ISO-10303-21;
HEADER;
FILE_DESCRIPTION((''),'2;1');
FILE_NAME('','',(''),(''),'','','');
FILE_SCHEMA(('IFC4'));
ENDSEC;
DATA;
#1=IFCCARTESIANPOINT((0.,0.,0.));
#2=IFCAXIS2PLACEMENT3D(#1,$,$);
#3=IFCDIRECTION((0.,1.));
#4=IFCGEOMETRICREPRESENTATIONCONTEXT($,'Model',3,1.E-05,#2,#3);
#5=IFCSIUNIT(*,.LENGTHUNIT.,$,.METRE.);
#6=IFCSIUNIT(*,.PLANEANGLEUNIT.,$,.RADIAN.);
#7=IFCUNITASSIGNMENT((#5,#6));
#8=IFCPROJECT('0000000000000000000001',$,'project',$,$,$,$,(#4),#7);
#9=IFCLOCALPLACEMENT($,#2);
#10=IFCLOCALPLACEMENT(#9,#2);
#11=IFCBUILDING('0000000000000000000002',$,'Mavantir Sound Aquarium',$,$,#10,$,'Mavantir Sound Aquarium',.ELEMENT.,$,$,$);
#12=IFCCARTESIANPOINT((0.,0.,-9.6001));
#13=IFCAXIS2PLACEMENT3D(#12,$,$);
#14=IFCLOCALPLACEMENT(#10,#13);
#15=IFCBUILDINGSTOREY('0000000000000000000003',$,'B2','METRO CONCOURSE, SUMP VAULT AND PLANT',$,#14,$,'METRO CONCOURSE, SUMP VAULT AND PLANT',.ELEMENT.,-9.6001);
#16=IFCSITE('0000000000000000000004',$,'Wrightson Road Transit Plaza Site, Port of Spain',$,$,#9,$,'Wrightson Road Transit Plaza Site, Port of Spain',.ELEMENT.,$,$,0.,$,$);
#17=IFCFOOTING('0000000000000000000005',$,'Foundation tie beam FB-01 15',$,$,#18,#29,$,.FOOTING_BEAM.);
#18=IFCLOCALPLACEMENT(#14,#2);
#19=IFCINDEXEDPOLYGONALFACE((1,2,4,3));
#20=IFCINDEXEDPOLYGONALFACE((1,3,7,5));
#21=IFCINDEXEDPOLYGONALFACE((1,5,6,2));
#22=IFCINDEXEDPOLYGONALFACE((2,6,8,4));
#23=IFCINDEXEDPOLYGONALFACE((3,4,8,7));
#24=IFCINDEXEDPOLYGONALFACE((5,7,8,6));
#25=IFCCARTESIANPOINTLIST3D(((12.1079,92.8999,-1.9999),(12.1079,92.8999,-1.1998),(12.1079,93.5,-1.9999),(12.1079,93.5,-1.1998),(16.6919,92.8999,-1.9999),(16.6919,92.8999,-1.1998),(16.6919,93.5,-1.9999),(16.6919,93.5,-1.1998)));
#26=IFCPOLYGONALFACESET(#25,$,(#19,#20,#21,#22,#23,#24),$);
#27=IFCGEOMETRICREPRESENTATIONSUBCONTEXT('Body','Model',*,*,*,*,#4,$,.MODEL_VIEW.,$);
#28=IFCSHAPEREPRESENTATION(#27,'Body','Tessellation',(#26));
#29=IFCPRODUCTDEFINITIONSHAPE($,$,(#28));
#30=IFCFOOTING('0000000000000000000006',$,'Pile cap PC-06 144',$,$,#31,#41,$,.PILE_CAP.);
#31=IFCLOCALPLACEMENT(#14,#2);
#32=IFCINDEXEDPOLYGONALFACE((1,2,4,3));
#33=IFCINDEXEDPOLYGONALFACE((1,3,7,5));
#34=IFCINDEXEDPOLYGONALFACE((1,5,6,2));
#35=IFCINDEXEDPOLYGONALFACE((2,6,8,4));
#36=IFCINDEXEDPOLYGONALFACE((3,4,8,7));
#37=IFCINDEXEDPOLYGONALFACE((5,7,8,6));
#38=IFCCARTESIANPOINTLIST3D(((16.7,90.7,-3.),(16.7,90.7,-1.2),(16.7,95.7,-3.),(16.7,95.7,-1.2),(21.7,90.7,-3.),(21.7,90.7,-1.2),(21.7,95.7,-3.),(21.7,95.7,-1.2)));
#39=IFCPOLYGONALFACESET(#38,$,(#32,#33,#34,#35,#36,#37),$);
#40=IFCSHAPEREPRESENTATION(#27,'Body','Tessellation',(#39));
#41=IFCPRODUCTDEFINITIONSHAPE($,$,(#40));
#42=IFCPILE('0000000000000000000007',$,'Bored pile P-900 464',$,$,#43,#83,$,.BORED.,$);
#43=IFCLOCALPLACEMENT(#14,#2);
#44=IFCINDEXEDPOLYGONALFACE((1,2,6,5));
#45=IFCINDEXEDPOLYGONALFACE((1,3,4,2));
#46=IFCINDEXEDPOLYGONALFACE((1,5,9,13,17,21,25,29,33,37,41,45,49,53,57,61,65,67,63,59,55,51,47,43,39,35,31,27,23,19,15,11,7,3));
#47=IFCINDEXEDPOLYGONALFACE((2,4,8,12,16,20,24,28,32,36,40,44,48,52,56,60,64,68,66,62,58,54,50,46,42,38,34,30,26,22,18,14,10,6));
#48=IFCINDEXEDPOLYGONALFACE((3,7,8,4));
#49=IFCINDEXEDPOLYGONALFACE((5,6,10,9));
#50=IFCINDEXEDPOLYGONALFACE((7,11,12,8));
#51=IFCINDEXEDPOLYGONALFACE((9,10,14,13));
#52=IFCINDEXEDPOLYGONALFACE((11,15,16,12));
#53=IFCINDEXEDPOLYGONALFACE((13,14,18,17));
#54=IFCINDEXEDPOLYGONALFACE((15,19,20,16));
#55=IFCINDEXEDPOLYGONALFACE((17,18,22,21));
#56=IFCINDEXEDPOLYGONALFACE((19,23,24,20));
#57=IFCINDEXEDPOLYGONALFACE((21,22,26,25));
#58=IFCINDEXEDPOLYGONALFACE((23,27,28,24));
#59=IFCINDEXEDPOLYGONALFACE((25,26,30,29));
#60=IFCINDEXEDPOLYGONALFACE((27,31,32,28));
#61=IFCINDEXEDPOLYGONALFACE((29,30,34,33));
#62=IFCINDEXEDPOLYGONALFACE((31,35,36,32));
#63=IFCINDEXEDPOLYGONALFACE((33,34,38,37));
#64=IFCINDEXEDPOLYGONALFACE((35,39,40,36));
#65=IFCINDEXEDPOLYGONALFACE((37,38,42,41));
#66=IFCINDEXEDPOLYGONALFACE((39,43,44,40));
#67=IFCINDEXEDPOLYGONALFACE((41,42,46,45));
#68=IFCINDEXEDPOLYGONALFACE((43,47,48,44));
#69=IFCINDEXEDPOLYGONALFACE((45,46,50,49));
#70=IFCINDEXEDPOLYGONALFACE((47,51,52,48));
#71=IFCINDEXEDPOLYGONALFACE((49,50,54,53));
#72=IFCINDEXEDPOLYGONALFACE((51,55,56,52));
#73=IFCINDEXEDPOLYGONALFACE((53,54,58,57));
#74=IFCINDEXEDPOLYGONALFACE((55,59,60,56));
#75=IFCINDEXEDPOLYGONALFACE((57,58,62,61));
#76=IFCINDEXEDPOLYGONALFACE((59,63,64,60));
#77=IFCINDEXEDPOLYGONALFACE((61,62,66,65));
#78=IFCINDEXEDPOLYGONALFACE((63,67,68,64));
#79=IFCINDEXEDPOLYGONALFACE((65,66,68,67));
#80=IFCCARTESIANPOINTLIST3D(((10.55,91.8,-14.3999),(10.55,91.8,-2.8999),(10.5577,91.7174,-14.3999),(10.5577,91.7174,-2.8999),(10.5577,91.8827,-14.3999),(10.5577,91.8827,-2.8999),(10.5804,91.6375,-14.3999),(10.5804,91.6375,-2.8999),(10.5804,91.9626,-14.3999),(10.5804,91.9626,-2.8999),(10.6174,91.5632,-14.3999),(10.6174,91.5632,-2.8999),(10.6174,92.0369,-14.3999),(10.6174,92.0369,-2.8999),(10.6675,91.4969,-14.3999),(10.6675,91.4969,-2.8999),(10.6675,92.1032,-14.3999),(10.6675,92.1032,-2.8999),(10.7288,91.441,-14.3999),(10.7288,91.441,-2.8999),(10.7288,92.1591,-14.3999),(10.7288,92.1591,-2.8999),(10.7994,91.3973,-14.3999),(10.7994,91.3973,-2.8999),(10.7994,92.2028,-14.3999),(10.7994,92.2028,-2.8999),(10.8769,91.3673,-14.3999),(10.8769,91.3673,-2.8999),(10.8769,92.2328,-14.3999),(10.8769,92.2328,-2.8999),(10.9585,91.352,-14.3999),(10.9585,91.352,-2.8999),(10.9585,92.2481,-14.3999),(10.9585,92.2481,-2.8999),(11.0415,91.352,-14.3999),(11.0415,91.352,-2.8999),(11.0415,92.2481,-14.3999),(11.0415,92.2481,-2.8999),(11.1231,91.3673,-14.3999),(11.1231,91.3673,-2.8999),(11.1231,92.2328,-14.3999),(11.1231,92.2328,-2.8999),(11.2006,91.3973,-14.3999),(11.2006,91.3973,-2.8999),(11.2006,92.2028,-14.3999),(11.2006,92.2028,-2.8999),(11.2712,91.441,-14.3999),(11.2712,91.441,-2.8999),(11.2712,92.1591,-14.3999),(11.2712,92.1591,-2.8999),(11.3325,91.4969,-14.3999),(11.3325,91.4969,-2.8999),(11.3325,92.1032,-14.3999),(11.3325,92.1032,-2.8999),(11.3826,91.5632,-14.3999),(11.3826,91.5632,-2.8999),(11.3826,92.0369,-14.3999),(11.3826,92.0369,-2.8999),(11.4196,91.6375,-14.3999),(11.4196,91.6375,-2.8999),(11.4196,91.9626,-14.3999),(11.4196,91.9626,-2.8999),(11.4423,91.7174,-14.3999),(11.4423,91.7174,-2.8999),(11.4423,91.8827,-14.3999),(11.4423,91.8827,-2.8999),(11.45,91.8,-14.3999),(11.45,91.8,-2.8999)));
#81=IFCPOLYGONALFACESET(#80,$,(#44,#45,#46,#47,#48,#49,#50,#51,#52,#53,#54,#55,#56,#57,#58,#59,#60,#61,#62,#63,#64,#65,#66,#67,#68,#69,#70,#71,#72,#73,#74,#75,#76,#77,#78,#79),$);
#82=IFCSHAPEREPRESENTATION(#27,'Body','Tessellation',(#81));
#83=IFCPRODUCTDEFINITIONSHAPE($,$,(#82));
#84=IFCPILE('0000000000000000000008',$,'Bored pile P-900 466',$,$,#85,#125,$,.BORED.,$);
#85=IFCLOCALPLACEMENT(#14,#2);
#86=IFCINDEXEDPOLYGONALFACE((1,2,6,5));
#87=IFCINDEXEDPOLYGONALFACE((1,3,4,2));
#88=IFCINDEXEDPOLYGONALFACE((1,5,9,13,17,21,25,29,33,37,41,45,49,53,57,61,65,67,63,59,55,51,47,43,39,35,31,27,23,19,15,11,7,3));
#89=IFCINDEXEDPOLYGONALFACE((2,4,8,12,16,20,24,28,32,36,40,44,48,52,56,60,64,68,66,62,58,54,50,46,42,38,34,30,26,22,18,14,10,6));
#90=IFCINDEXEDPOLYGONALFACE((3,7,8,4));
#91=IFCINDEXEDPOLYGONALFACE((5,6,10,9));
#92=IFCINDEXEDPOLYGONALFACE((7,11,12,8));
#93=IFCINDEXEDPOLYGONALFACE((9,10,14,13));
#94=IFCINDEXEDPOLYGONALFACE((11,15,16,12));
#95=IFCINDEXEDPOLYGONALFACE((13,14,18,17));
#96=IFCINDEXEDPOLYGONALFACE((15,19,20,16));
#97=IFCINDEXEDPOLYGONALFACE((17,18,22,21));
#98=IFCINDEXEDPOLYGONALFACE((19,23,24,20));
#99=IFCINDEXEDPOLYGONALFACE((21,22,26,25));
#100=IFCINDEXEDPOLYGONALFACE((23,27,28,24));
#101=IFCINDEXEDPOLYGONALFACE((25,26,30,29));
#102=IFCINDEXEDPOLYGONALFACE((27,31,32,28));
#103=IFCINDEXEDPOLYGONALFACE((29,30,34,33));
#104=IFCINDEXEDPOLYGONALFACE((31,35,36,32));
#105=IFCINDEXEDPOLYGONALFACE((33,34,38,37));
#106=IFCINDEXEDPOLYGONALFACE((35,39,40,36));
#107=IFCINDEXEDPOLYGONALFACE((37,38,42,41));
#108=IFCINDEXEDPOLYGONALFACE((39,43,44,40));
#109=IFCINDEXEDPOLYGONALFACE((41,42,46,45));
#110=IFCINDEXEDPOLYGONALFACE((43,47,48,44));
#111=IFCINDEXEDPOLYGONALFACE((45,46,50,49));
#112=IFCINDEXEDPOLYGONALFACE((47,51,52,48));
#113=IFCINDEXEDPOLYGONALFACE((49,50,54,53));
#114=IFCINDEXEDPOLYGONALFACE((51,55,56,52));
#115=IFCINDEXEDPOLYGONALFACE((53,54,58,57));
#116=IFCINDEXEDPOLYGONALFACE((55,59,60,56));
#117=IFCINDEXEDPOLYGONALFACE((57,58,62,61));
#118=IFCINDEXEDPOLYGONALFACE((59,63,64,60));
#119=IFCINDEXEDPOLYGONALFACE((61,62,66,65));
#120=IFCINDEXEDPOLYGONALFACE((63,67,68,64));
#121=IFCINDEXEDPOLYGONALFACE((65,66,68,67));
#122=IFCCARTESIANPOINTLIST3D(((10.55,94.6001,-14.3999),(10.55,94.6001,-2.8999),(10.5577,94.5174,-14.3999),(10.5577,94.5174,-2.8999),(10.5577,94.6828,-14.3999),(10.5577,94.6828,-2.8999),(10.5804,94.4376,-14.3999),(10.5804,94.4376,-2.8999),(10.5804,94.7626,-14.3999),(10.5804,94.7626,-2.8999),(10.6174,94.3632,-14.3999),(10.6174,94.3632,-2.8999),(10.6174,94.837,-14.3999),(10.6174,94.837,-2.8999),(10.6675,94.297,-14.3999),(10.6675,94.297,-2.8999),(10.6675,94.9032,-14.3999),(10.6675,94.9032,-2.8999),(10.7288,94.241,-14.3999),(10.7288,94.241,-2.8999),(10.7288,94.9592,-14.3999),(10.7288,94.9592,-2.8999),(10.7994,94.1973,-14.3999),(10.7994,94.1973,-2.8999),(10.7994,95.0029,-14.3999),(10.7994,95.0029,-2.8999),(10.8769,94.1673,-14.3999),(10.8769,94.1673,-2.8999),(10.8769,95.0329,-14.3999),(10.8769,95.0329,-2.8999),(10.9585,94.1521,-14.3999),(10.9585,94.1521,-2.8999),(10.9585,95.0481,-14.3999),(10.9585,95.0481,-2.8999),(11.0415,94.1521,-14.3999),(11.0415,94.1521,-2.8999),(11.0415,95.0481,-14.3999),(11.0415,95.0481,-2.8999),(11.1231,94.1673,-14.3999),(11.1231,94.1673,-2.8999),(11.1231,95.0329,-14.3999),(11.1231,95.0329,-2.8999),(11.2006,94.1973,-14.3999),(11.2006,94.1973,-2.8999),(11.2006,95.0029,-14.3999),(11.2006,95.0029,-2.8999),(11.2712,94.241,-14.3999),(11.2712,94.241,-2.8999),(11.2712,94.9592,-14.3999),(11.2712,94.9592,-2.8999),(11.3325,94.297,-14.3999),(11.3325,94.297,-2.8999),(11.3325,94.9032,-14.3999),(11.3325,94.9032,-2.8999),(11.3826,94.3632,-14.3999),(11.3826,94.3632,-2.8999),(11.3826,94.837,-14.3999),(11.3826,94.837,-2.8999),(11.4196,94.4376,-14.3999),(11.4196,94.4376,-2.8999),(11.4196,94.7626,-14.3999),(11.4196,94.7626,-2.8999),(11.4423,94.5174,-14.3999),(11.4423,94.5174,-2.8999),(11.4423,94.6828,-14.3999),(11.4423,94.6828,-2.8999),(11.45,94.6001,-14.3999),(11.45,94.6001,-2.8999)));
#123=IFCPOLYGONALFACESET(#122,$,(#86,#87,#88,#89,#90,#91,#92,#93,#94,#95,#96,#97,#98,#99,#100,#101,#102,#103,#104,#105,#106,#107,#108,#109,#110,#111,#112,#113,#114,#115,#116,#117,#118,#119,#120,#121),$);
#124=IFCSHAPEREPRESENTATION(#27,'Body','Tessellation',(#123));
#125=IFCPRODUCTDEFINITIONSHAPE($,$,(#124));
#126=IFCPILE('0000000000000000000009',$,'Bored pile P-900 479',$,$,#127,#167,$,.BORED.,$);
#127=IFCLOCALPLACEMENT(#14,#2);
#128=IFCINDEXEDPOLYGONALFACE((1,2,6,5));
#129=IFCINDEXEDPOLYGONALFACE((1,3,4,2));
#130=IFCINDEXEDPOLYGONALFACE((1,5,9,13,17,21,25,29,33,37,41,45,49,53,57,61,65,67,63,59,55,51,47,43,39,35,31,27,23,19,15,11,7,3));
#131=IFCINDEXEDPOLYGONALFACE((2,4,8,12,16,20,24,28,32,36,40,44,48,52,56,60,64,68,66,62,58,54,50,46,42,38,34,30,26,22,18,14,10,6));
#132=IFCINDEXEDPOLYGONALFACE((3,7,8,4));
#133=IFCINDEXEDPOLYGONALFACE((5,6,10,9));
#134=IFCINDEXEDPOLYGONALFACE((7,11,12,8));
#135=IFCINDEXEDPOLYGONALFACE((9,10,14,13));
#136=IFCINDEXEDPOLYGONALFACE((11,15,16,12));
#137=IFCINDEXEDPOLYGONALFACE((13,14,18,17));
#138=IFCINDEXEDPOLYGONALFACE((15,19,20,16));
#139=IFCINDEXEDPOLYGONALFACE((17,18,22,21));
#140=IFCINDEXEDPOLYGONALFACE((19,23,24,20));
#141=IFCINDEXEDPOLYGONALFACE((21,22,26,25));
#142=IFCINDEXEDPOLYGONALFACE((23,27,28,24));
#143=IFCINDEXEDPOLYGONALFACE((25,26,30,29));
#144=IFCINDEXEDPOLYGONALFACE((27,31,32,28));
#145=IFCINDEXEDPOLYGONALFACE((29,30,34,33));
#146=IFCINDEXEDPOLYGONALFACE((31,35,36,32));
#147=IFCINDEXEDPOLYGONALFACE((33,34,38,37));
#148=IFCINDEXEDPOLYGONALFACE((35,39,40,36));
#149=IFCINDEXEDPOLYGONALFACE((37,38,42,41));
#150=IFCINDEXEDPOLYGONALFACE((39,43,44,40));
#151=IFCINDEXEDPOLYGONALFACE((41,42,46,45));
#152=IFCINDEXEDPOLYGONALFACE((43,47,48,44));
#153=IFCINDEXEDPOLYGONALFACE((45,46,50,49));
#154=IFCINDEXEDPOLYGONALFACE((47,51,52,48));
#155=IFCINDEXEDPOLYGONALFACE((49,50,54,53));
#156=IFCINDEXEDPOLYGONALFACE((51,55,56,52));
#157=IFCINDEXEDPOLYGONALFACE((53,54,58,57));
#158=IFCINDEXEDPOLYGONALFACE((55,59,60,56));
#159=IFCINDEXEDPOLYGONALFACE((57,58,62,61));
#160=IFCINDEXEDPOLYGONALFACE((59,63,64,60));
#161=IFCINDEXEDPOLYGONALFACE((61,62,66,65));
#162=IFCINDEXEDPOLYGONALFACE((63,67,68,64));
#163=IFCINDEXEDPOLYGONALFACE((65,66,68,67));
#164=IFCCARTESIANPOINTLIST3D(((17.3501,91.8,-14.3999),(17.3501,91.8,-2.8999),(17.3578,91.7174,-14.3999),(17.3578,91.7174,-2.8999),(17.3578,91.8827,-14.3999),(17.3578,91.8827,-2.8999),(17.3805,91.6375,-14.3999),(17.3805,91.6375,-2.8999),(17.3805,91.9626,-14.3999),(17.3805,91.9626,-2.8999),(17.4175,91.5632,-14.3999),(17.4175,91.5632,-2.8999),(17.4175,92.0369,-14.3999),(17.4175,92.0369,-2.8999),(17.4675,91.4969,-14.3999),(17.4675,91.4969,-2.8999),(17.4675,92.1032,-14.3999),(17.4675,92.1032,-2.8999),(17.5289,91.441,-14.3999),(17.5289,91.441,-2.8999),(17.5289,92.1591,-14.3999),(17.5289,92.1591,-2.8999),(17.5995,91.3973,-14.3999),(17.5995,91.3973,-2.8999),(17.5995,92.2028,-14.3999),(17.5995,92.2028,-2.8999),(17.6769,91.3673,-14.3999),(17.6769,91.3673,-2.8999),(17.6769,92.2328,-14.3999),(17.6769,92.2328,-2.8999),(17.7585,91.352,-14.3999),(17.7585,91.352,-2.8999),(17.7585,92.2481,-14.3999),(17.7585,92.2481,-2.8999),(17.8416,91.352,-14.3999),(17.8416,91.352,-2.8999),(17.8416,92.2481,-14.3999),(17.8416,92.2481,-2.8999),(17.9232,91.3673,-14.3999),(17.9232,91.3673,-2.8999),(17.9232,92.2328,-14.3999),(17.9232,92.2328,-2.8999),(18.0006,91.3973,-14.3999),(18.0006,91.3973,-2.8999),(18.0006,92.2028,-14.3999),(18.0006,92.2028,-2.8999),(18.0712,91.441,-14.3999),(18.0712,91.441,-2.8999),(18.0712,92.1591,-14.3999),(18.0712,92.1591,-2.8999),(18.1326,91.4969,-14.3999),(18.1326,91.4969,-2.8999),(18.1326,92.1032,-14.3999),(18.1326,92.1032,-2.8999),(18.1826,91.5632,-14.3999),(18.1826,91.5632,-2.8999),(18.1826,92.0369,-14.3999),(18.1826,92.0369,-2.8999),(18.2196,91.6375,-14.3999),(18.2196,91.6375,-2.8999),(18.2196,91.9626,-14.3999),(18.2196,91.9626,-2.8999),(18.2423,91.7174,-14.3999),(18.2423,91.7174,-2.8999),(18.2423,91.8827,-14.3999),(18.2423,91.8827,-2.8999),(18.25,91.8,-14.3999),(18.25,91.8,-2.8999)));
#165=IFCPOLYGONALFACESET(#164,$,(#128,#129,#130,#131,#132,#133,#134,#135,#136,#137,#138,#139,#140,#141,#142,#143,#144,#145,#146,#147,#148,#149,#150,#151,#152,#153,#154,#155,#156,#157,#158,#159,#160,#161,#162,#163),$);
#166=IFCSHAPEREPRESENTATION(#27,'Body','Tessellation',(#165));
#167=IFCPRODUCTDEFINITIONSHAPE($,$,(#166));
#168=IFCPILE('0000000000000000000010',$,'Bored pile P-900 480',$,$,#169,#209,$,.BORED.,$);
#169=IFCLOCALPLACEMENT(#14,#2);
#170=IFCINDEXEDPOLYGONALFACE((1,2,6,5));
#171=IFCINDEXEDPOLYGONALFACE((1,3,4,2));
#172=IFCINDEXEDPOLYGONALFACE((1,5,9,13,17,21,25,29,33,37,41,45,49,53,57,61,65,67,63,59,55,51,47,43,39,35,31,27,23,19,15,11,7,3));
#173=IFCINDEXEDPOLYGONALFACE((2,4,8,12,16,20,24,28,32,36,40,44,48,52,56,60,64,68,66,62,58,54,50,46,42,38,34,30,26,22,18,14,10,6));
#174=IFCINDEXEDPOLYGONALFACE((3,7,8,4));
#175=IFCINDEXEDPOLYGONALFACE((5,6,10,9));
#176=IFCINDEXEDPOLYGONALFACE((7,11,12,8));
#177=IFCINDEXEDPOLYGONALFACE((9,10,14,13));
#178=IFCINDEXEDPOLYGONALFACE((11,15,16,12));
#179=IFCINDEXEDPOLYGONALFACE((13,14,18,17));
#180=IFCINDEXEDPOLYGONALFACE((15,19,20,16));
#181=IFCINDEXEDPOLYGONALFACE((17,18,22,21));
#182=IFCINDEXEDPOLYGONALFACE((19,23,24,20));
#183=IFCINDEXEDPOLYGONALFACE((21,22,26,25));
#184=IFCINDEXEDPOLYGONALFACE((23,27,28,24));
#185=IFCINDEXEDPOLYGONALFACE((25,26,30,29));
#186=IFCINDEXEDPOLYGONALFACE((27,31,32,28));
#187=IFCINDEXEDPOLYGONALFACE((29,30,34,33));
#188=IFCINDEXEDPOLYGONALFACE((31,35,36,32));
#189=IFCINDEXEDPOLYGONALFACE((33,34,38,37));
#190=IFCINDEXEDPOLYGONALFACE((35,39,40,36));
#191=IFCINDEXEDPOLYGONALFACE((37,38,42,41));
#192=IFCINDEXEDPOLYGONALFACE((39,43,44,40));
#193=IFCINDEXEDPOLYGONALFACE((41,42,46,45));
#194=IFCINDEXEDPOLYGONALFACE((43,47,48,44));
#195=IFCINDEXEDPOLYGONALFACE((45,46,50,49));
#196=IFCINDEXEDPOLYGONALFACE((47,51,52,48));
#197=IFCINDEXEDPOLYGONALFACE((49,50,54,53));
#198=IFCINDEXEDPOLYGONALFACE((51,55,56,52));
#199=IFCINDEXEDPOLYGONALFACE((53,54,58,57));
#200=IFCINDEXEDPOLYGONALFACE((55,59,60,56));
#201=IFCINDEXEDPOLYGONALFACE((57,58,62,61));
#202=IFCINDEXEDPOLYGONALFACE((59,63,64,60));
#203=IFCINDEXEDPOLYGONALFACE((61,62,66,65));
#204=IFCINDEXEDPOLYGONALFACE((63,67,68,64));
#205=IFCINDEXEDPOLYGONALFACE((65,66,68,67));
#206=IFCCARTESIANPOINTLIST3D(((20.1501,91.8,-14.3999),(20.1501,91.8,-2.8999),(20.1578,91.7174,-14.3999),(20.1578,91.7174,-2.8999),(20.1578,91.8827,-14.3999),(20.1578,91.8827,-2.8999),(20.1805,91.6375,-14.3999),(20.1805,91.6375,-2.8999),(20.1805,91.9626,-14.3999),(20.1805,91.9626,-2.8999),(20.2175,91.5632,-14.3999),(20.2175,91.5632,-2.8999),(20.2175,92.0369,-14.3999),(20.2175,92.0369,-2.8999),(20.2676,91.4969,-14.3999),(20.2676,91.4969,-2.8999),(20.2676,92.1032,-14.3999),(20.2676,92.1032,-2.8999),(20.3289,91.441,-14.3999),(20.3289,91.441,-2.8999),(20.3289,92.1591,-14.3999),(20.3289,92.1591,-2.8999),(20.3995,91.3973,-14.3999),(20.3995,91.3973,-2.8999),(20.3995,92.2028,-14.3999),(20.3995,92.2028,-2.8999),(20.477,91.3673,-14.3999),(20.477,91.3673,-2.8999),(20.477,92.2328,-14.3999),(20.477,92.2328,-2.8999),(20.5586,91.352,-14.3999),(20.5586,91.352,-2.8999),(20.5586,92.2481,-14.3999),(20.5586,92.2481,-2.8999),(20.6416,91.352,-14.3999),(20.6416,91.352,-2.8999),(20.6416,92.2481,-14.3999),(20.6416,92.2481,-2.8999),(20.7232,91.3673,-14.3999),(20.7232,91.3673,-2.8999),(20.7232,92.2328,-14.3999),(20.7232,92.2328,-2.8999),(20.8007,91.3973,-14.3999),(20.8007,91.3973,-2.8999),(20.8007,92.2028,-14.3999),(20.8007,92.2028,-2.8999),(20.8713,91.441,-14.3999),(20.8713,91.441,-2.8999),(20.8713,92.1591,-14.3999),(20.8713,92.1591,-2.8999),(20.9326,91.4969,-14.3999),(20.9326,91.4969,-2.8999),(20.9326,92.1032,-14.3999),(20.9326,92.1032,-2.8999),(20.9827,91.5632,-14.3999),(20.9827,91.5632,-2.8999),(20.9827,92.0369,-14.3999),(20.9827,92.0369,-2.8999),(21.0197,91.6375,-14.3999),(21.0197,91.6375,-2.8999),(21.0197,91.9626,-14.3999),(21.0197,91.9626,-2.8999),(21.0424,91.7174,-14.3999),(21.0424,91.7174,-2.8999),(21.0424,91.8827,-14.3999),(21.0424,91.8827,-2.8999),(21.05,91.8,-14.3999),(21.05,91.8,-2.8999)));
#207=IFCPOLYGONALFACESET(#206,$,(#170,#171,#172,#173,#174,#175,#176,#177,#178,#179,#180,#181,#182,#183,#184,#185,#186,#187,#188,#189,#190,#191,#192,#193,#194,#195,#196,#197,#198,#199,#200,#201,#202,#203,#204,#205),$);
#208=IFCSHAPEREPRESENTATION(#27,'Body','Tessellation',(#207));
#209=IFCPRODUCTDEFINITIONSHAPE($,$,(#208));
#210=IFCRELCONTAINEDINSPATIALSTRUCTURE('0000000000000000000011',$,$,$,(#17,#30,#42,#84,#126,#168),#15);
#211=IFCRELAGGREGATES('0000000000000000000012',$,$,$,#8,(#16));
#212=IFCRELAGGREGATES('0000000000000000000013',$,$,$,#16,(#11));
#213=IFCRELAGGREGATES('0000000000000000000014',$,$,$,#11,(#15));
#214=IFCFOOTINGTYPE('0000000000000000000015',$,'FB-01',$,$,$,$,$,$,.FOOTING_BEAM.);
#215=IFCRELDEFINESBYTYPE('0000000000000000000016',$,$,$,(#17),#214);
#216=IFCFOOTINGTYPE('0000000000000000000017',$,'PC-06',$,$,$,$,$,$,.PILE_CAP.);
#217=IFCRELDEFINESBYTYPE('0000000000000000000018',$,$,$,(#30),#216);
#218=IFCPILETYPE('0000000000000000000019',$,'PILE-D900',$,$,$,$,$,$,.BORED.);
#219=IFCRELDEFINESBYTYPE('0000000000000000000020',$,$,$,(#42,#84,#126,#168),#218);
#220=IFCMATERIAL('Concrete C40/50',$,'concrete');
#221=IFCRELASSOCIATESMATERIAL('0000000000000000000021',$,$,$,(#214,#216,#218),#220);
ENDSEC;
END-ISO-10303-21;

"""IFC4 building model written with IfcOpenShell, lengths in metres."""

from ifc_helpers import new_model, si_unit, direction, frame, origin, origin_2d, place, context, subcontext, project, spatial, rectangle, circle, extrude, material, material_profile, profile_set, type_object, element, save


model = new_model("IFC4")

# Units and contexts
model_context = context("Model", 3, precision=1e-05, world=origin(), true_north=direction((0.0, 1.0)))
body_context = subcontext(model_context, "Body", "Model", "MODEL_VIEW")
ifc_project = project(units=[si_unit("LENGTHUNIT", "METRE"), si_unit("PLANEANGLEUNIT", "RADIAN")], contexts=[model_context])

# Site, building, storey
site_placement = place(None, origin())
site = spatial("IfcSite", under=ifc_project, at=site_placement, Name="Wrightson Road Transit Plaza Site, Port of Spain", LongName="Wrightson Road Transit Plaza Site, Port of Spain", CompositionType="ELEMENT", RefElevation=0.0)
building_placement = place(site_placement, origin())
building = spatial("IfcBuilding", under=site, at=building_placement, Name="Mavantir Sound Aquarium", LongName="Mavantir Sound Aquarium", CompositionType="ELEMENT")
storey_placement = place(building_placement, frame((0.0, 0.0, -9.6001)))
storey = spatial("IfcBuildingStorey", under=building, at=storey_placement, Name="B2", Description="METRO CONCOURSE, SUMP VAULT AND PLANT", LongName="METRO CONCOURSE, SUMP VAULT AND PLANT", CompositionType="ELEMENT", Elevation=-9.6001)

# Footings
ifc_material_1 = material(Name="Concrete C40/50", Category="concrete")
ifc_material_profile_1 = material_profile(ifc_material_1, rectangle(XDim=0.6001, YDim=0.8, at=origin_2d()), Name="RC 600X800")
ifc_profile_set_1 = profile_set([ifc_material_profile_1], Name="Concrete C40/50")
footing_type_1 = type_object("IfcFootingType", Name="FB-01", PredefinedType="FOOTING_BEAM", material=ifc_profile_set_1)
footing_1_placement = place(storey_placement, frame((12.1079, 93.2, -1.5999), z_axis=(1.0, 0.0, 0.0), x_axis=(0.0, 1.0, 0.0)))
element("IfcFooting", 1, at=footing_1_placement, inside=storey, type_object=footing_type_1, Name="Foundation tie beam FB-01 15", PredefinedType="FOOTING_BEAM", context=body_context, shape_type="SweptSolid", body=[
    extrude(rectangle(XDim=0.6001, YDim=0.8, at=origin_2d()), origin(), (0.0, 0.0, 1.0), 4.584),
])
footing_type_2 = type_object("IfcFootingType", Name="PC-06", PredefinedType="PILE_CAP", material=ifc_material_1)
footing_2_placement = place(storey_placement, frame((19.2, 93.2, -3.0), z_axis=(0.0, 0.0, 1.0), x_axis=(1.0, 0.0, 0.0)))
element("IfcFooting", 2, at=footing_2_placement, inside=storey, type_object=footing_type_2, Name="Pile cap PC-06 144", PredefinedType="PILE_CAP", context=body_context, shape_type="SweptSolid", body=[
    extrude(rectangle(XDim=5.0, YDim=5.0, at=origin_2d()), origin(), (0.0, 0.0, 1.0), 1.8),
])

# Piles
ifc_material_profile_2 = material_profile(ifc_material_1, circle(Radius=0.45, at=origin_2d()), Name="PILE D900")
ifc_profile_set_2 = profile_set([ifc_material_profile_2], Name="Concrete C40/50")
pile_type = type_object("IfcPileType", Name="PILE-D900", PredefinedType="BORED", material=ifc_profile_set_2)
for number, where, z_axis, x_axis, name in (
    (3, (11.0, 91.8, -2.8999), (0.0, 0.0, -1.0), (1.0, 0.0, 0.0), "Bored pile P-900 464"),
    (4, (11.0, 94.6001, -2.8999), (0.0, 0.0, -1.0), (1.0, 0.0, 0.0), "Bored pile P-900 466"),
    (5, (17.8, 91.8, -2.8999), (0.0, 0.0, -1.0), (1.0, 0.0, 0.0), "Bored pile P-900 479"),
    (6, (20.6001, 91.8, -2.8999), (0.0, 0.0, -1.0), (1.0, 0.0, 0.0), "Bored pile P-900 480"),
):
    element("IfcPile", number, at=place(storey_placement, frame(where, z_axis=z_axis, x_axis=x_axis)), inside=storey, type_object=pile_type, Name=name, PredefinedType="BORED", context=body_context, shape_type="SweptSolid", body=[
        extrude(circle(Radius=0.45, at=origin_2d()), origin(), (0.0, 0.0, 1.0), 11.5),
    ])

save(model, "model.ifc")
